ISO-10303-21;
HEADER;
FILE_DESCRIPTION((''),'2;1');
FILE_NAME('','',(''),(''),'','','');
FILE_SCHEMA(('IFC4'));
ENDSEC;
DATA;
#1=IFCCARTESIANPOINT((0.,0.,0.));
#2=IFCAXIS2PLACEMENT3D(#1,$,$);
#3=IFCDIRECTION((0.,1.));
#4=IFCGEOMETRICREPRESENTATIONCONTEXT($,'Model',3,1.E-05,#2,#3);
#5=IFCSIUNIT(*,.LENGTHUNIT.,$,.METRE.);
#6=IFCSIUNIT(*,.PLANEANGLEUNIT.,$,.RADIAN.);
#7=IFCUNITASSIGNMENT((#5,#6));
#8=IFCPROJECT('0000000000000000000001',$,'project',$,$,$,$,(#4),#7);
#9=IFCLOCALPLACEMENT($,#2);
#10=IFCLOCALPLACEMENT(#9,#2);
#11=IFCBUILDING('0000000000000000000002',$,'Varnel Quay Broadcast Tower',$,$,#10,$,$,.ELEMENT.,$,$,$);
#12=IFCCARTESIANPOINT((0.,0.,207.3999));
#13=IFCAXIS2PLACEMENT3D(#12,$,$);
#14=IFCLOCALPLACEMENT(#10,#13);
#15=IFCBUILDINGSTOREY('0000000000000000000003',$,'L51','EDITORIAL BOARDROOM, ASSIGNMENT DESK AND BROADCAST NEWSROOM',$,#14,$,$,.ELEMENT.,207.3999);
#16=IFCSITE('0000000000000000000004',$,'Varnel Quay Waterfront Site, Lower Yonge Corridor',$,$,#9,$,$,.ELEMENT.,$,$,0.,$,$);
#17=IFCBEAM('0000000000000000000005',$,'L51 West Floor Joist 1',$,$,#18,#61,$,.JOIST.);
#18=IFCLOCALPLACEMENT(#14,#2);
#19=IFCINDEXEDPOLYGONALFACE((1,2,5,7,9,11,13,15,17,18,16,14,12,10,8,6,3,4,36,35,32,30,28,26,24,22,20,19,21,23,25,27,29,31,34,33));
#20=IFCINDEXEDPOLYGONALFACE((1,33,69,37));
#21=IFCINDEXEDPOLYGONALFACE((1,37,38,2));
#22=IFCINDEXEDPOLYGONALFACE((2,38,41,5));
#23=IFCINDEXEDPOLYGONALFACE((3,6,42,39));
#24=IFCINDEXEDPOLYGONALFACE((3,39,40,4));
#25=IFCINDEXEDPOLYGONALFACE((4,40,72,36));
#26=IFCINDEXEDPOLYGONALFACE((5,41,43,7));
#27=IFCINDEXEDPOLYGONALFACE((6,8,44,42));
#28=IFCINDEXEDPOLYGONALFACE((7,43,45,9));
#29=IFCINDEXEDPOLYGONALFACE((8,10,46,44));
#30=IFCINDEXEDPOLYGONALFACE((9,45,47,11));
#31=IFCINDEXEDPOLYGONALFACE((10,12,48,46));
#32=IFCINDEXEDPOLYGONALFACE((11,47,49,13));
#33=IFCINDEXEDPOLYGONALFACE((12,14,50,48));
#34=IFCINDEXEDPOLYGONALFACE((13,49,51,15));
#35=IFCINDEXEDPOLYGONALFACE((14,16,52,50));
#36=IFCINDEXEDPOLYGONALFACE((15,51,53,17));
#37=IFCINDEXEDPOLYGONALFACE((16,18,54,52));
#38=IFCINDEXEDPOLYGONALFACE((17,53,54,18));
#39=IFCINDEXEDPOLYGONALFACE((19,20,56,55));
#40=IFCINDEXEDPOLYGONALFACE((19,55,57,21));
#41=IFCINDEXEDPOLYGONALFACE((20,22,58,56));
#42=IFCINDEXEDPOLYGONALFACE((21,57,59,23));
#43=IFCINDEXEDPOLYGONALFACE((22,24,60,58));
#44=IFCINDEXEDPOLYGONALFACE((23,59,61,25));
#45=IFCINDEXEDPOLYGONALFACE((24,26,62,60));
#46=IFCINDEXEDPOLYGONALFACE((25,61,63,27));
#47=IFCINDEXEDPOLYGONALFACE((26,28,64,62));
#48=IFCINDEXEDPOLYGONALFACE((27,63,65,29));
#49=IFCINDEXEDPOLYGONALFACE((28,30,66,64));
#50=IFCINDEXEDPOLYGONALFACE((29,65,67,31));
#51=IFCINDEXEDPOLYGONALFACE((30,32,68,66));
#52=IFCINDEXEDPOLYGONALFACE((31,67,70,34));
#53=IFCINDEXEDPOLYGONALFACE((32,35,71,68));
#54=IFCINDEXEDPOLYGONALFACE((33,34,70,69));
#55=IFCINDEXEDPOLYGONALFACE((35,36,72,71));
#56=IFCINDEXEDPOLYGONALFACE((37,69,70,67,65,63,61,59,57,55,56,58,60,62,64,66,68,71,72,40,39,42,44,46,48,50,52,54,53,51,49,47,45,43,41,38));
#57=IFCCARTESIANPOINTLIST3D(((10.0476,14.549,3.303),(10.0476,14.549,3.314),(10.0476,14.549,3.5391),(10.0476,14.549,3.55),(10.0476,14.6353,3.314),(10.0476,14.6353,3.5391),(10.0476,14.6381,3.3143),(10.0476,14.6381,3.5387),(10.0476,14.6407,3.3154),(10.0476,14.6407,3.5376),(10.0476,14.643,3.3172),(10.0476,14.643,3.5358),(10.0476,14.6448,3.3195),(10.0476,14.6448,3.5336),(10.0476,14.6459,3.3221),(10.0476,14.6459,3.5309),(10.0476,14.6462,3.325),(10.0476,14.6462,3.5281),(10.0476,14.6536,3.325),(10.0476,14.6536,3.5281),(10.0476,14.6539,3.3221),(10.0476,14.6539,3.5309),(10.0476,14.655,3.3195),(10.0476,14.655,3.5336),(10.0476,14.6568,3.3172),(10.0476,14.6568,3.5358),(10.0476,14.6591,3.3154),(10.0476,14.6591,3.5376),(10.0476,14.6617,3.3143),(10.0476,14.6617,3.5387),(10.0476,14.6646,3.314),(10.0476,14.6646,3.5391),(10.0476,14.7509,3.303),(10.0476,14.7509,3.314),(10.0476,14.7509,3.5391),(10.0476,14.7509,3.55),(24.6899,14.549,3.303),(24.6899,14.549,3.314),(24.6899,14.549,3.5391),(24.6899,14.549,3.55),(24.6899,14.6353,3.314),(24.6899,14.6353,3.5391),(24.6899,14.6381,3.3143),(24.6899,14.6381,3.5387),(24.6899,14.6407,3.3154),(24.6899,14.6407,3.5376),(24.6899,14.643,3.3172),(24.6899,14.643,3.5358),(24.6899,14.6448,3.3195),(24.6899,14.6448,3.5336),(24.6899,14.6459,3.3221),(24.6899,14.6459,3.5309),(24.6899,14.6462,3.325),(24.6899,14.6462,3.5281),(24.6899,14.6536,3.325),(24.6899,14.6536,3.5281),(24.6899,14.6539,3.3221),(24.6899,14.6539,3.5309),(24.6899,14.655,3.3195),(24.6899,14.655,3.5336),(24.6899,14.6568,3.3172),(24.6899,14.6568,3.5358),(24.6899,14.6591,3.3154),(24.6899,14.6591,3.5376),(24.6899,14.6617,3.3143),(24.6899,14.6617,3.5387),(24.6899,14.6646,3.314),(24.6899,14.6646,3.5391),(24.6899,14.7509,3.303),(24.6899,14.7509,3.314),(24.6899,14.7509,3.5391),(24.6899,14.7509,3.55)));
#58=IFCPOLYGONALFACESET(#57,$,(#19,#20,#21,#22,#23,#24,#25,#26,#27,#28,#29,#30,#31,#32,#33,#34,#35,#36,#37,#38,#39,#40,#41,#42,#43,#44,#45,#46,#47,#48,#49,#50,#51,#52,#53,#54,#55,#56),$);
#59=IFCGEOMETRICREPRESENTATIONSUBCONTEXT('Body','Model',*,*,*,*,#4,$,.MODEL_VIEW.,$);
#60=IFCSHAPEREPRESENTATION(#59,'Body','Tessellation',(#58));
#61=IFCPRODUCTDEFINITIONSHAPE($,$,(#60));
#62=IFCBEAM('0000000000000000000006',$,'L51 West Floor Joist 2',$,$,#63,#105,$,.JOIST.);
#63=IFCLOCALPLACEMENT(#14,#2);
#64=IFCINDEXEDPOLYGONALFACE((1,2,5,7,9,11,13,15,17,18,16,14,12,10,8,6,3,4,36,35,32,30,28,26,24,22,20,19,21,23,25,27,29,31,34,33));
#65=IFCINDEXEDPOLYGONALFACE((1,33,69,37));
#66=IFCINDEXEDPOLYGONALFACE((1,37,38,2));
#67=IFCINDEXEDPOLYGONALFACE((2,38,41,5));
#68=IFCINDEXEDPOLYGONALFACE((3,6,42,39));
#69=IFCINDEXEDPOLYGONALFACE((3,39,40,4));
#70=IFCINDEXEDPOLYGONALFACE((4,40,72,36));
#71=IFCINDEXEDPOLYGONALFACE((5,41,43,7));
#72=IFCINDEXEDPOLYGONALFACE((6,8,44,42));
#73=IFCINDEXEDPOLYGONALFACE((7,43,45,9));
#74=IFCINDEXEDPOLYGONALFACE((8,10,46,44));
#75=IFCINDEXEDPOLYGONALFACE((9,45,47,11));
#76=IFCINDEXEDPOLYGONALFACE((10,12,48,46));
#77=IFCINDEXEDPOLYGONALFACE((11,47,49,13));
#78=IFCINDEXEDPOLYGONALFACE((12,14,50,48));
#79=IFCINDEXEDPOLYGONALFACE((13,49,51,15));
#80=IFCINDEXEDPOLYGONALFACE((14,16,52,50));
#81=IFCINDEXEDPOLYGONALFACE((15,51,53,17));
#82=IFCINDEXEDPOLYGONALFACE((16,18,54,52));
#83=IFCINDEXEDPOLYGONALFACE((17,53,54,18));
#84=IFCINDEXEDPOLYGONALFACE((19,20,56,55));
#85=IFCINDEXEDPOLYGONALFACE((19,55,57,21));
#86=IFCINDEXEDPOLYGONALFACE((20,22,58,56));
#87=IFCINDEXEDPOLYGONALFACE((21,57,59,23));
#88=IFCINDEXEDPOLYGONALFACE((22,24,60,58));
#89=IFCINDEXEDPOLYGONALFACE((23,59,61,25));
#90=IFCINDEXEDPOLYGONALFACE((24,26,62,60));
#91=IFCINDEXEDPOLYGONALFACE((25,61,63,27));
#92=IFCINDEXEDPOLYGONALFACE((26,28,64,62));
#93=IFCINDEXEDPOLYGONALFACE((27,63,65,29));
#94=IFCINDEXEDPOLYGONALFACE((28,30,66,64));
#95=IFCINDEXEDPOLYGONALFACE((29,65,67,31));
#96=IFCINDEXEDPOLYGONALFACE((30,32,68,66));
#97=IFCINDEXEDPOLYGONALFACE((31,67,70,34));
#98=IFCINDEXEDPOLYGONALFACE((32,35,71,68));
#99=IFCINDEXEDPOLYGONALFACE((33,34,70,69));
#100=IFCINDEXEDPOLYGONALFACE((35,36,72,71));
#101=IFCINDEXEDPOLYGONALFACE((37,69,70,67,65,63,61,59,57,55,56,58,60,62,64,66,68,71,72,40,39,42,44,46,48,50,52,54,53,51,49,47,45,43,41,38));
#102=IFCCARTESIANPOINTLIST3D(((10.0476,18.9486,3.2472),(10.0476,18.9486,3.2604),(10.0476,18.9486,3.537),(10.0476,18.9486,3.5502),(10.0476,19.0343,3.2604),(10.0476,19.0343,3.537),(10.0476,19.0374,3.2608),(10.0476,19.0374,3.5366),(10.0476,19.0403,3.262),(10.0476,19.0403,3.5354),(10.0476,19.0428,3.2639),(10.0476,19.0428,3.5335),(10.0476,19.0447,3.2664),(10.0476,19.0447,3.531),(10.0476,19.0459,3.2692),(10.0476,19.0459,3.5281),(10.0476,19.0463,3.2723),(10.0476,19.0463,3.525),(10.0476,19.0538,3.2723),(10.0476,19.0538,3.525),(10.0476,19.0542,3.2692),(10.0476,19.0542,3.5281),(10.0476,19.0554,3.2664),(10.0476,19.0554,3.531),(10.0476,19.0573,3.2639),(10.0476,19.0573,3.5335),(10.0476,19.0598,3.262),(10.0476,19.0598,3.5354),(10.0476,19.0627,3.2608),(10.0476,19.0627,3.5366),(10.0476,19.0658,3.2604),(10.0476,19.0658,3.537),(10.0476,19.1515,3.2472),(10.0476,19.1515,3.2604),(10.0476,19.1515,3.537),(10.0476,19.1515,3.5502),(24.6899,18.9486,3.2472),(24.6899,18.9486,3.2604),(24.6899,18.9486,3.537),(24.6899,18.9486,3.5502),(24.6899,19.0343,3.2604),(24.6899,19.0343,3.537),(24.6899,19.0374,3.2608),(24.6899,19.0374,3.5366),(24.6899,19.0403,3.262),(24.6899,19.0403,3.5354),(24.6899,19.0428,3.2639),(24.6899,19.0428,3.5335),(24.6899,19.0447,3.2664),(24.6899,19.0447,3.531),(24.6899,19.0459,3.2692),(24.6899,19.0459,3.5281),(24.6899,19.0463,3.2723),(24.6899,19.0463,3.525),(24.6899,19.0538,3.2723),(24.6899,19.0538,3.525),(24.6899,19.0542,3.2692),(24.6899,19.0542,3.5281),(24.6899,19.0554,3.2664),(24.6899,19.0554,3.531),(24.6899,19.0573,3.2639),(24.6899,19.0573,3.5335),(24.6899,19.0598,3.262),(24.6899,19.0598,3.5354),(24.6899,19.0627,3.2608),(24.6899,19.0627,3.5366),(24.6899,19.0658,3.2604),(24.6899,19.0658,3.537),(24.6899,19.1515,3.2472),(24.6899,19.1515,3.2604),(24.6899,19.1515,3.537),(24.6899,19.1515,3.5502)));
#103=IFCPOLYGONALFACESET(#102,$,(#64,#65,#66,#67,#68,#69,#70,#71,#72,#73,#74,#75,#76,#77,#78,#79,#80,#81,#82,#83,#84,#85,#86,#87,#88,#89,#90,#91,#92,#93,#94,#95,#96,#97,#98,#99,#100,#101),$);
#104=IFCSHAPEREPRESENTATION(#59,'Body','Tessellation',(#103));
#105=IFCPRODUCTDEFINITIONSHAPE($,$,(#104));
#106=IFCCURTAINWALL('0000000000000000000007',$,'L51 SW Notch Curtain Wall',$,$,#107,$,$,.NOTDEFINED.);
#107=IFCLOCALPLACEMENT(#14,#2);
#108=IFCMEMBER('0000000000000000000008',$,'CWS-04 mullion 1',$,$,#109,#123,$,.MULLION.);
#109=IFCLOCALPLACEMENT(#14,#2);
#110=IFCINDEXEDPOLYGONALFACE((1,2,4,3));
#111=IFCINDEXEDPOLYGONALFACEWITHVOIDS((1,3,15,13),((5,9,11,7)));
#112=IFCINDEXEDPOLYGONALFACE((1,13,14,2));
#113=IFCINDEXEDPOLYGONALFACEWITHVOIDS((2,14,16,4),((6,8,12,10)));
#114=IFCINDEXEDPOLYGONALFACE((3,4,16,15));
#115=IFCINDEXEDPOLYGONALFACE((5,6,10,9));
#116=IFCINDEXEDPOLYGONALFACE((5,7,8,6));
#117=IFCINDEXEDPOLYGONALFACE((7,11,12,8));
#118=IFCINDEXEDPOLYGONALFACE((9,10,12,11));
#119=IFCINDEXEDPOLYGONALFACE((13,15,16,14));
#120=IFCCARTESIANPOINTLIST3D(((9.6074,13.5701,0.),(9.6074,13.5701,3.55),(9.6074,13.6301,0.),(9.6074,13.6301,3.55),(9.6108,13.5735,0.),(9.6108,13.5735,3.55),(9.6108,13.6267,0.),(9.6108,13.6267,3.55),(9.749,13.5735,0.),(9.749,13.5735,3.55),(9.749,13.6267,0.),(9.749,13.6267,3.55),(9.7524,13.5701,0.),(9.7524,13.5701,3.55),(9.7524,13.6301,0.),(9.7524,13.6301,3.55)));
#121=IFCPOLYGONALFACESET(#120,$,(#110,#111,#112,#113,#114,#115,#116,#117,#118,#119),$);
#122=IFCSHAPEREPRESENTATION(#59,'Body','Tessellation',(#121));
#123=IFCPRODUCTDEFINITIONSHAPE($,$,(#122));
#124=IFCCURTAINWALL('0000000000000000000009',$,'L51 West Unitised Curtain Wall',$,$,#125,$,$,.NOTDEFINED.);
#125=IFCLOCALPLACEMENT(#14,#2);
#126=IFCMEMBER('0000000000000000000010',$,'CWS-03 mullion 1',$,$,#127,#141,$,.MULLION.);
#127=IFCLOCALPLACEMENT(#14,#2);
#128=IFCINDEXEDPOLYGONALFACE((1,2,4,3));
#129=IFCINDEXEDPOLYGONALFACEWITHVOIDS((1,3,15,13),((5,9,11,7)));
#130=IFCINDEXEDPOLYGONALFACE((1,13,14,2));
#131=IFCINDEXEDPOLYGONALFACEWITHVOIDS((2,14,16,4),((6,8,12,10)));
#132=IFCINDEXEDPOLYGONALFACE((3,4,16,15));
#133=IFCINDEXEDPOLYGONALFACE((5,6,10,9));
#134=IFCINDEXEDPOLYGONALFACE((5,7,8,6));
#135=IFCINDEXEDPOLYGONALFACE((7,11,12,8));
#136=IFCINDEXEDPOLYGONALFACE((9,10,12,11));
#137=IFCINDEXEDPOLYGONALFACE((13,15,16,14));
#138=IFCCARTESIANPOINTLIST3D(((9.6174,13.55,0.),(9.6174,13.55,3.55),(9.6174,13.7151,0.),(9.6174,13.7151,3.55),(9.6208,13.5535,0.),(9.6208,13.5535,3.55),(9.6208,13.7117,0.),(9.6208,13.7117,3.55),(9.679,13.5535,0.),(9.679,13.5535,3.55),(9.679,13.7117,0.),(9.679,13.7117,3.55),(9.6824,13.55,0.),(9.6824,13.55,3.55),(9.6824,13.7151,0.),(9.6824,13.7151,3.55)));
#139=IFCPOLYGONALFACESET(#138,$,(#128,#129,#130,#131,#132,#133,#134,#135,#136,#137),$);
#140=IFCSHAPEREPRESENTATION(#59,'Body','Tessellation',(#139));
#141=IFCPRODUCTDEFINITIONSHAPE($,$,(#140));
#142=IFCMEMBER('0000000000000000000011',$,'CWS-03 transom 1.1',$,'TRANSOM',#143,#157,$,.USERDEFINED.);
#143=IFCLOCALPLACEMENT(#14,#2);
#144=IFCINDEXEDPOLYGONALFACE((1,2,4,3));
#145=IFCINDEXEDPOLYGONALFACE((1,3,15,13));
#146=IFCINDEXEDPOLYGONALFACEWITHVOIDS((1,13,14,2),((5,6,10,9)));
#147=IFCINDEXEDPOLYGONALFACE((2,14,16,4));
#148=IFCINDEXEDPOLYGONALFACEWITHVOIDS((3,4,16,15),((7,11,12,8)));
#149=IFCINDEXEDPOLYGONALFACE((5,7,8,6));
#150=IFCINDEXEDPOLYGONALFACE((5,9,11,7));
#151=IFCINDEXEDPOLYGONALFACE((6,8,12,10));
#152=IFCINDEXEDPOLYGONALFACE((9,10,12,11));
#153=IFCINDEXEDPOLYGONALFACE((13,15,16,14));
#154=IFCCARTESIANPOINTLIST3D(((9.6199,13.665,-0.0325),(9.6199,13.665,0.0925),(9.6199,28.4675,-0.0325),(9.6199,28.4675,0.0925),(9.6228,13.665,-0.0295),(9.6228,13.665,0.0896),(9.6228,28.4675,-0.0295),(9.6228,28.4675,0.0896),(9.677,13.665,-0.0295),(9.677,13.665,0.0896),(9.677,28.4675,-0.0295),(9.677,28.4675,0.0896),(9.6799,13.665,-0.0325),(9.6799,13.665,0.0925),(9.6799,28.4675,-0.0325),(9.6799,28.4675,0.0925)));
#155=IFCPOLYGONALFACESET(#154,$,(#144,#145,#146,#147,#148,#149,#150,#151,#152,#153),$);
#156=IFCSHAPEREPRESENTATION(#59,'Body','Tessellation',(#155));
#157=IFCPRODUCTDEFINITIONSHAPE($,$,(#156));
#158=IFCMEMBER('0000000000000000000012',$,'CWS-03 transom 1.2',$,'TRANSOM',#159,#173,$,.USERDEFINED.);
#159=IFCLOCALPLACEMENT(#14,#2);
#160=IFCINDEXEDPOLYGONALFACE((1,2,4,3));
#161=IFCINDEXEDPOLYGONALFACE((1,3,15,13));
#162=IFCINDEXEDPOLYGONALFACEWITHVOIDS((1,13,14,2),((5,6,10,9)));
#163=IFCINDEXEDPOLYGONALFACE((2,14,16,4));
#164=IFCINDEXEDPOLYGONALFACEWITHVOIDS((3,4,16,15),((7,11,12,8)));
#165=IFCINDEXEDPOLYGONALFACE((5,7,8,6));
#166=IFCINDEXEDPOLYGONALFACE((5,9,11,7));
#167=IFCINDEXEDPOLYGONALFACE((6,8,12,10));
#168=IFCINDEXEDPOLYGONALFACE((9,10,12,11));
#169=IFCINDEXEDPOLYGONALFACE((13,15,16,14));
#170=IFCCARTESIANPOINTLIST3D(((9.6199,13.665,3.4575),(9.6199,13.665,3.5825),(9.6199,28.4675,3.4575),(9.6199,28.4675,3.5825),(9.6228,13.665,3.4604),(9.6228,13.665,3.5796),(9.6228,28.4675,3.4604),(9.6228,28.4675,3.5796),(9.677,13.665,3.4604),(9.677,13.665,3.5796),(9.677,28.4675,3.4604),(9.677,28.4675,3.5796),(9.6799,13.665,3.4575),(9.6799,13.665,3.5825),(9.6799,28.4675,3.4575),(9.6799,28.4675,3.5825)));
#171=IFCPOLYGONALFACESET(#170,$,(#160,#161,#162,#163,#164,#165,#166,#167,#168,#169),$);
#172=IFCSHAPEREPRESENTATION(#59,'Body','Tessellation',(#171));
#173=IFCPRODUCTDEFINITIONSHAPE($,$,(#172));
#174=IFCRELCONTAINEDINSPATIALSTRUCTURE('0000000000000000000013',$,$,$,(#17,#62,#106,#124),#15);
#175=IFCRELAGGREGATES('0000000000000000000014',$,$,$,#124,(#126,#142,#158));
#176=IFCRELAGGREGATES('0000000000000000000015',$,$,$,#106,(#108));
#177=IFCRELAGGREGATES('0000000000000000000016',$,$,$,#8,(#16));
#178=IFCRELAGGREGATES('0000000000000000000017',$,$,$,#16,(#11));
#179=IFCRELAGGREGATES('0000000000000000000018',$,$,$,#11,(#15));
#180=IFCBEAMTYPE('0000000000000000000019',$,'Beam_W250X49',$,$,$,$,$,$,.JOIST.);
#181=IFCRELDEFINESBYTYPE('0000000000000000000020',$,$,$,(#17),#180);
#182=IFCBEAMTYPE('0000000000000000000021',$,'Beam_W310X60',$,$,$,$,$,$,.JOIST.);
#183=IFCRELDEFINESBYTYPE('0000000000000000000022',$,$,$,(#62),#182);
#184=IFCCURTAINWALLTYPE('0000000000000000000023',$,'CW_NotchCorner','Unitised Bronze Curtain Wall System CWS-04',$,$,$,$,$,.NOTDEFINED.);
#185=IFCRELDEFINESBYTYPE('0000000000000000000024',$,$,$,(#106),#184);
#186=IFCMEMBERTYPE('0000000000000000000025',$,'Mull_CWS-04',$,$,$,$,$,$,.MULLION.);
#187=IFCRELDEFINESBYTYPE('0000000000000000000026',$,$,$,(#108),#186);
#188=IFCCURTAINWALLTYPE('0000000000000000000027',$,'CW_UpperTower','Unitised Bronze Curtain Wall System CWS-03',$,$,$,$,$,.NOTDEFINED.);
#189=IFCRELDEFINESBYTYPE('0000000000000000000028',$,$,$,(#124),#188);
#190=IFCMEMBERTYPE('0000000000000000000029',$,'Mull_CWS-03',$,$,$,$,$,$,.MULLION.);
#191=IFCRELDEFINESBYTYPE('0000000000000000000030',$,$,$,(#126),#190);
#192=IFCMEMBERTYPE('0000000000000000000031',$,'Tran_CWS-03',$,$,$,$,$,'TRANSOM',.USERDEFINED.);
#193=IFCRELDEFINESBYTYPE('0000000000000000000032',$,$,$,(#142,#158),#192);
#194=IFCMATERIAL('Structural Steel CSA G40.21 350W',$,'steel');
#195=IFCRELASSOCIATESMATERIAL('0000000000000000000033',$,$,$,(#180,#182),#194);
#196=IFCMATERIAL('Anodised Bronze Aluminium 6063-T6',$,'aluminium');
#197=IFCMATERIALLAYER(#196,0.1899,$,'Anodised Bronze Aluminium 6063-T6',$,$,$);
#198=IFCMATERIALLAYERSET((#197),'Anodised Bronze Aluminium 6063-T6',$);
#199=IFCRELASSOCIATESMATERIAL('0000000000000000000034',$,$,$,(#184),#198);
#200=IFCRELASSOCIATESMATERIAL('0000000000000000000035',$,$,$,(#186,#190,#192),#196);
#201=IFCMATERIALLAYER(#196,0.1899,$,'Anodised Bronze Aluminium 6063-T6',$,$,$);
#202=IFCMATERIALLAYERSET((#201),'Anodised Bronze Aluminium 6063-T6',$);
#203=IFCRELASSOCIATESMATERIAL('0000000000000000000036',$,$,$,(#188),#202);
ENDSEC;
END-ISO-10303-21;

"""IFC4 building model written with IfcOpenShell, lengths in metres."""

from ifc_helpers import new_model, si_unit, direction, frame, origin, origin_2d, place, context, subcontext, project, spatial, hollow_rectangle, i_section, extrude, source, transform, mapped, material, layer, layer_set, material_profile, profile_set, type_object, type_shapes, element, aggregate, save


model = new_model("IFC4")

# Units and contexts
model_context = context("Model", 3, precision=1e-05, world=origin(), true_north=direction((0.0, 1.0)))
body_context = subcontext(model_context, "Body", "Model", "MODEL_VIEW")
ifc_project = project(units=[si_unit("LENGTHUNIT", "METRE"), si_unit("PLANEANGLEUNIT", "RADIAN")], contexts=[model_context])

# Site, building, storey
site_placement = place(None, origin())
site = spatial("IfcSite", under=ifc_project, at=site_placement, Name="Varnel Quay Waterfront Site, Lower Yonge Corridor", CompositionType="ELEMENT", RefElevation=0.0)
building_placement = place(site_placement, origin())
building = spatial("IfcBuilding", under=site, at=building_placement, Name="Varnel Quay Broadcast Tower", CompositionType="ELEMENT")
storey_placement = place(building_placement, frame((0.0, 0.0, 207.3999)))
storey = spatial("IfcBuildingStorey", under=building, at=storey_placement, Name="L51", Description="EDITORIAL BOARDROOM, ASSIGNMENT DESK AND BROADCAST NEWSROOM", CompositionType="ELEMENT", Elevation=207.3999)

# Beams
ifc_material_1 = material(Name="Structural Steel CSA G40.21 350W", Category="steel")
ifc_material_profile_1 = material_profile(ifc_material_1, i_section(OverallWidth=0.2019, OverallDepth=0.2471, WebThickness=0.0073, FlangeThickness=0.011, FilletRadius=0.011, at=origin_2d()), Name="W250X49")
ifc_profile_set_1 = profile_set([ifc_material_profile_1], Name="Structural Steel CSA G40.21 350W")
beam_type_1 = type_object("IfcBeamType", Name="Beam_W250X49", PredefinedType="JOIST", material=ifc_profile_set_1)
shared_shape_1 = source(origin(), body_context, "Body", "SweptSolid", [
    extrude(i_section(OverallWidth=0.2019, OverallDepth=0.2471, WebThickness=0.0073, FlangeThickness=0.011, FilletRadius=0.011, at=origin_2d()), origin(), (0.0, 0.0, 1.0), 14.6423),
])
type_shapes(beam_type_1, [shared_shape_1])
beam_1_placement = place(storey_placement, frame((10.0476, 14.6499, 3.4265), z_axis=(1.0, 0.0, 0.0), x_axis=(0.0, 1.0, 0.0)))
element("IfcBeam", 1, at=beam_1_placement, inside=storey, type_object=beam_type_1, Name="L51 West Floor Joist 1", PredefinedType="JOIST", context=body_context, shape_type="MappedRepresentation", body=[
    mapped(shared_shape_1, transform((0.0, 0.0, 0.0), x_axis=(1.0, 0.0, 0.0), y_axis=(0.0, 1.0, 0.0), z_axis=(0.0, 0.0, 1.0), scale=1.0)),
])
ifc_material_profile_2 = material_profile(ifc_material_1, i_section(OverallWidth=0.2029, OverallDepth=0.303, WebThickness=0.0076, FlangeThickness=0.0132, FilletRadius=0.012, at=origin_2d()), Name="W310X60")
ifc_profile_set_2 = profile_set([ifc_material_profile_2], Name="Structural Steel CSA G40.21 350W")
beam_type_2 = type_object("IfcBeamType", Name="Beam_W310X60", PredefinedType="JOIST", material=ifc_profile_set_2)
shared_shape_2 = source(origin(), body_context, "Body", "SweptSolid", [
    extrude(i_section(OverallWidth=0.2029, OverallDepth=0.303, WebThickness=0.0076, FlangeThickness=0.0132, FilletRadius=0.012, at=origin_2d()), origin(), (0.0, 0.0, 1.0), 14.6423),
])
type_shapes(beam_type_2, [shared_shape_2])
beam_2_placement = place(storey_placement, frame((10.0476, 19.05, 3.3987), z_axis=(1.0, 0.0, 0.0), x_axis=(0.0, 1.0, 0.0)))
element("IfcBeam", 2, at=beam_2_placement, inside=storey, type_object=beam_type_2, Name="L51 West Floor Joist 2", PredefinedType="JOIST", context=body_context, shape_type="MappedRepresentation", body=[
    mapped(shared_shape_2, transform((0.0, 0.0, 0.0), x_axis=(1.0, 0.0, 0.0), y_axis=(0.0, 1.0, 0.0), z_axis=(0.0, 0.0, 1.0), scale=1.0)),
])

# Curtain wall, member
ifc_material_2 = material(Name="Anodised Bronze Aluminium 6063-T6", Category="aluminium")
ifc_layer_1 = layer(ifc_material_2, 0.1899, Name="Anodised Bronze Aluminium 6063-T6")
ifc_layer_set_1 = layer_set([ifc_layer_1], Name="Anodised Bronze Aluminium 6063-T6")
curtain_wall_type_1 = type_object("IfcCurtainWallType", Name="CW_NotchCorner", Description="Unitised Bronze Curtain Wall System CWS-04", PredefinedType="NOTDEFINED", material=ifc_layer_set_1)
curtain_wall_1_placement = place(storey_placement, origin())
curtain_wall_1 = element("IfcCurtainWall", 3, at=curtain_wall_1_placement, inside=storey, type_object=curtain_wall_type_1, Name="L51 SW Notch Curtain Wall", PredefinedType="NOTDEFINED")
ifc_material_profile_3 = material_profile(ifc_material_2, hollow_rectangle(XDim=0.0601, YDim=0.145, WallThickness=0.0034, at=origin_2d()), Name="ALU60X145X3.5")
ifc_profile_set_3 = profile_set([ifc_material_profile_3], Name="Anodised Bronze Aluminium 6063-T6")
member_type_1 = type_object("IfcMemberType", Name="Mull_CWS-04", PredefinedType="MULLION", material=ifc_profile_set_3)
shared_shape_3 = source(origin(), body_context, "Body", "SweptSolid", [
    extrude(hollow_rectangle(XDim=0.0601, YDim=0.145, WallThickness=0.0034, at=origin_2d()), origin(), (0.0, 0.0, 1.0), 3.55),
])
type_shapes(member_type_1, [shared_shape_3])
member_1_placement = place(storey_placement, frame((9.6799, 13.6001, 0.0), z_axis=(0.0, 0.0, 1.0), x_axis=(0.0, 1.0, 0.0)))
member_1 = element("IfcMember", 4, at=member_1_placement, type_object=member_type_1, Name="CWS-04 mullion 1", PredefinedType="MULLION", context=body_context, shape_type="MappedRepresentation", body=[
    mapped(shared_shape_3, transform((0.0, 0.0, 0.0), x_axis=(1.0, 0.0, 0.0), y_axis=(0.0, 1.0, 0.0), z_axis=(0.0, 0.0, 1.0), scale=1.0)),
])

# Curtain wall, members
ifc_layer_2 = layer(ifc_material_2, 0.1899, Name="Anodised Bronze Aluminium 6063-T6")
ifc_layer_set_2 = layer_set([ifc_layer_2], Name="Anodised Bronze Aluminium 6063-T6")
curtain_wall_type_2 = type_object("IfcCurtainWallType", Name="CW_UpperTower", Description="Unitised Bronze Curtain Wall System CWS-03", PredefinedType="NOTDEFINED", material=ifc_layer_set_2)
curtain_wall_2_placement = place(storey_placement, origin())
curtain_wall_2 = element("IfcCurtainWall", 5, at=curtain_wall_2_placement, inside=storey, type_object=curtain_wall_type_2, Name="L51 West Unitised Curtain Wall", PredefinedType="NOTDEFINED")
ifc_material_profile_4 = material_profile(ifc_material_2, hollow_rectangle(XDim=0.0649, YDim=0.165, WallThickness=0.0034, at=origin_2d()), Name="ALU65X165X3.5")
ifc_profile_set_4 = profile_set([ifc_material_profile_4], Name="Anodised Bronze Aluminium 6063-T6")
member_type_2 = type_object("IfcMemberType", Name="Mull_CWS-03", PredefinedType="MULLION", material=ifc_profile_set_4)
shared_shape_4 = source(origin(), body_context, "Body", "SweptSolid", [
    extrude(hollow_rectangle(XDim=0.0649, YDim=0.165, WallThickness=0.0034, at=origin_2d()), origin(), (0.0, 0.0, 1.0), 3.55),
])
type_shapes(member_type_2, [shared_shape_4])
member_2_placement = place(storey_placement, frame((9.6499, 13.6326, 0.0), z_axis=(0.0, 0.0, 1.0), x_axis=(-1.0, 0.0, 0.0)))
member_2 = element("IfcMember", 6, at=member_2_placement, type_object=member_type_2, Name="CWS-03 mullion 1", PredefinedType="MULLION", context=body_context, shape_type="MappedRepresentation", body=[
    mapped(shared_shape_4, transform((0.0, 0.0, 0.0), x_axis=(1.0, 0.0, 0.0), y_axis=(0.0, 1.0, 0.0), z_axis=(0.0, 0.0, 1.0), scale=1.0)),
])
ifc_material_profile_5 = material_profile(ifc_material_2, hollow_rectangle(XDim=0.0601, YDim=0.125, WallThickness=0.0029, at=origin_2d()), Name="ALU60X125X3")
ifc_profile_set_5 = profile_set([ifc_material_profile_5], Name="Anodised Bronze Aluminium 6063-T6")
member_type_3 = type_object("IfcMemberType", Name="Tran_CWS-03", ElementType="TRANSOM", PredefinedType="USERDEFINED", material=ifc_profile_set_5)
shared_shape_5 = source(origin(), body_context, "Body", "SweptSolid", [
    extrude(hollow_rectangle(XDim=0.0601, YDim=0.125, WallThickness=0.0029, at=origin_2d()), origin(), (0.0, 0.0, 1.0), 14.8025),
])
type_shapes(member_type_3, [shared_shape_5])
member_3_placement = place(storey_placement, frame((9.6499, 13.665, 0.03), z_axis=(0.0, 1.0, 0.0), x_axis=(-1.0, 0.0, 0.0)))
member_3 = element("IfcMember", 7, at=member_3_placement, type_object=member_type_3, Name="CWS-03 transom 1.1", ObjectType="TRANSOM", PredefinedType="USERDEFINED", context=body_context, shape_type="MappedRepresentation", body=[
    mapped(shared_shape_5, transform((0.0, 0.0, 0.0), x_axis=(1.0, 0.0, 0.0), y_axis=(0.0, 1.0, 0.0), z_axis=(0.0, 0.0, 1.0), scale=1.0)),
])
member_4_placement = place(storey_placement, frame((9.6499, 13.665, 3.52), z_axis=(0.0, 1.0, 0.0), x_axis=(-1.0, 0.0, 0.0)))
member_4 = element("IfcMember", 8, at=member_4_placement, type_object=member_type_3, Name="CWS-03 transom 1.2", ObjectType="TRANSOM", PredefinedType="USERDEFINED", context=body_context, shape_type="MappedRepresentation", body=[
    mapped(shared_shape_5, transform((0.0, 0.0, 0.0), x_axis=(1.0, 0.0, 0.0), y_axis=(0.0, 1.0, 0.0), z_axis=(0.0, 0.0, 1.0), scale=1.0)),
])
aggregate(curtain_wall_2, [member_2, member_3, member_4])

aggregate(curtain_wall_1, [member_1])

save(model, "model.ifc")
